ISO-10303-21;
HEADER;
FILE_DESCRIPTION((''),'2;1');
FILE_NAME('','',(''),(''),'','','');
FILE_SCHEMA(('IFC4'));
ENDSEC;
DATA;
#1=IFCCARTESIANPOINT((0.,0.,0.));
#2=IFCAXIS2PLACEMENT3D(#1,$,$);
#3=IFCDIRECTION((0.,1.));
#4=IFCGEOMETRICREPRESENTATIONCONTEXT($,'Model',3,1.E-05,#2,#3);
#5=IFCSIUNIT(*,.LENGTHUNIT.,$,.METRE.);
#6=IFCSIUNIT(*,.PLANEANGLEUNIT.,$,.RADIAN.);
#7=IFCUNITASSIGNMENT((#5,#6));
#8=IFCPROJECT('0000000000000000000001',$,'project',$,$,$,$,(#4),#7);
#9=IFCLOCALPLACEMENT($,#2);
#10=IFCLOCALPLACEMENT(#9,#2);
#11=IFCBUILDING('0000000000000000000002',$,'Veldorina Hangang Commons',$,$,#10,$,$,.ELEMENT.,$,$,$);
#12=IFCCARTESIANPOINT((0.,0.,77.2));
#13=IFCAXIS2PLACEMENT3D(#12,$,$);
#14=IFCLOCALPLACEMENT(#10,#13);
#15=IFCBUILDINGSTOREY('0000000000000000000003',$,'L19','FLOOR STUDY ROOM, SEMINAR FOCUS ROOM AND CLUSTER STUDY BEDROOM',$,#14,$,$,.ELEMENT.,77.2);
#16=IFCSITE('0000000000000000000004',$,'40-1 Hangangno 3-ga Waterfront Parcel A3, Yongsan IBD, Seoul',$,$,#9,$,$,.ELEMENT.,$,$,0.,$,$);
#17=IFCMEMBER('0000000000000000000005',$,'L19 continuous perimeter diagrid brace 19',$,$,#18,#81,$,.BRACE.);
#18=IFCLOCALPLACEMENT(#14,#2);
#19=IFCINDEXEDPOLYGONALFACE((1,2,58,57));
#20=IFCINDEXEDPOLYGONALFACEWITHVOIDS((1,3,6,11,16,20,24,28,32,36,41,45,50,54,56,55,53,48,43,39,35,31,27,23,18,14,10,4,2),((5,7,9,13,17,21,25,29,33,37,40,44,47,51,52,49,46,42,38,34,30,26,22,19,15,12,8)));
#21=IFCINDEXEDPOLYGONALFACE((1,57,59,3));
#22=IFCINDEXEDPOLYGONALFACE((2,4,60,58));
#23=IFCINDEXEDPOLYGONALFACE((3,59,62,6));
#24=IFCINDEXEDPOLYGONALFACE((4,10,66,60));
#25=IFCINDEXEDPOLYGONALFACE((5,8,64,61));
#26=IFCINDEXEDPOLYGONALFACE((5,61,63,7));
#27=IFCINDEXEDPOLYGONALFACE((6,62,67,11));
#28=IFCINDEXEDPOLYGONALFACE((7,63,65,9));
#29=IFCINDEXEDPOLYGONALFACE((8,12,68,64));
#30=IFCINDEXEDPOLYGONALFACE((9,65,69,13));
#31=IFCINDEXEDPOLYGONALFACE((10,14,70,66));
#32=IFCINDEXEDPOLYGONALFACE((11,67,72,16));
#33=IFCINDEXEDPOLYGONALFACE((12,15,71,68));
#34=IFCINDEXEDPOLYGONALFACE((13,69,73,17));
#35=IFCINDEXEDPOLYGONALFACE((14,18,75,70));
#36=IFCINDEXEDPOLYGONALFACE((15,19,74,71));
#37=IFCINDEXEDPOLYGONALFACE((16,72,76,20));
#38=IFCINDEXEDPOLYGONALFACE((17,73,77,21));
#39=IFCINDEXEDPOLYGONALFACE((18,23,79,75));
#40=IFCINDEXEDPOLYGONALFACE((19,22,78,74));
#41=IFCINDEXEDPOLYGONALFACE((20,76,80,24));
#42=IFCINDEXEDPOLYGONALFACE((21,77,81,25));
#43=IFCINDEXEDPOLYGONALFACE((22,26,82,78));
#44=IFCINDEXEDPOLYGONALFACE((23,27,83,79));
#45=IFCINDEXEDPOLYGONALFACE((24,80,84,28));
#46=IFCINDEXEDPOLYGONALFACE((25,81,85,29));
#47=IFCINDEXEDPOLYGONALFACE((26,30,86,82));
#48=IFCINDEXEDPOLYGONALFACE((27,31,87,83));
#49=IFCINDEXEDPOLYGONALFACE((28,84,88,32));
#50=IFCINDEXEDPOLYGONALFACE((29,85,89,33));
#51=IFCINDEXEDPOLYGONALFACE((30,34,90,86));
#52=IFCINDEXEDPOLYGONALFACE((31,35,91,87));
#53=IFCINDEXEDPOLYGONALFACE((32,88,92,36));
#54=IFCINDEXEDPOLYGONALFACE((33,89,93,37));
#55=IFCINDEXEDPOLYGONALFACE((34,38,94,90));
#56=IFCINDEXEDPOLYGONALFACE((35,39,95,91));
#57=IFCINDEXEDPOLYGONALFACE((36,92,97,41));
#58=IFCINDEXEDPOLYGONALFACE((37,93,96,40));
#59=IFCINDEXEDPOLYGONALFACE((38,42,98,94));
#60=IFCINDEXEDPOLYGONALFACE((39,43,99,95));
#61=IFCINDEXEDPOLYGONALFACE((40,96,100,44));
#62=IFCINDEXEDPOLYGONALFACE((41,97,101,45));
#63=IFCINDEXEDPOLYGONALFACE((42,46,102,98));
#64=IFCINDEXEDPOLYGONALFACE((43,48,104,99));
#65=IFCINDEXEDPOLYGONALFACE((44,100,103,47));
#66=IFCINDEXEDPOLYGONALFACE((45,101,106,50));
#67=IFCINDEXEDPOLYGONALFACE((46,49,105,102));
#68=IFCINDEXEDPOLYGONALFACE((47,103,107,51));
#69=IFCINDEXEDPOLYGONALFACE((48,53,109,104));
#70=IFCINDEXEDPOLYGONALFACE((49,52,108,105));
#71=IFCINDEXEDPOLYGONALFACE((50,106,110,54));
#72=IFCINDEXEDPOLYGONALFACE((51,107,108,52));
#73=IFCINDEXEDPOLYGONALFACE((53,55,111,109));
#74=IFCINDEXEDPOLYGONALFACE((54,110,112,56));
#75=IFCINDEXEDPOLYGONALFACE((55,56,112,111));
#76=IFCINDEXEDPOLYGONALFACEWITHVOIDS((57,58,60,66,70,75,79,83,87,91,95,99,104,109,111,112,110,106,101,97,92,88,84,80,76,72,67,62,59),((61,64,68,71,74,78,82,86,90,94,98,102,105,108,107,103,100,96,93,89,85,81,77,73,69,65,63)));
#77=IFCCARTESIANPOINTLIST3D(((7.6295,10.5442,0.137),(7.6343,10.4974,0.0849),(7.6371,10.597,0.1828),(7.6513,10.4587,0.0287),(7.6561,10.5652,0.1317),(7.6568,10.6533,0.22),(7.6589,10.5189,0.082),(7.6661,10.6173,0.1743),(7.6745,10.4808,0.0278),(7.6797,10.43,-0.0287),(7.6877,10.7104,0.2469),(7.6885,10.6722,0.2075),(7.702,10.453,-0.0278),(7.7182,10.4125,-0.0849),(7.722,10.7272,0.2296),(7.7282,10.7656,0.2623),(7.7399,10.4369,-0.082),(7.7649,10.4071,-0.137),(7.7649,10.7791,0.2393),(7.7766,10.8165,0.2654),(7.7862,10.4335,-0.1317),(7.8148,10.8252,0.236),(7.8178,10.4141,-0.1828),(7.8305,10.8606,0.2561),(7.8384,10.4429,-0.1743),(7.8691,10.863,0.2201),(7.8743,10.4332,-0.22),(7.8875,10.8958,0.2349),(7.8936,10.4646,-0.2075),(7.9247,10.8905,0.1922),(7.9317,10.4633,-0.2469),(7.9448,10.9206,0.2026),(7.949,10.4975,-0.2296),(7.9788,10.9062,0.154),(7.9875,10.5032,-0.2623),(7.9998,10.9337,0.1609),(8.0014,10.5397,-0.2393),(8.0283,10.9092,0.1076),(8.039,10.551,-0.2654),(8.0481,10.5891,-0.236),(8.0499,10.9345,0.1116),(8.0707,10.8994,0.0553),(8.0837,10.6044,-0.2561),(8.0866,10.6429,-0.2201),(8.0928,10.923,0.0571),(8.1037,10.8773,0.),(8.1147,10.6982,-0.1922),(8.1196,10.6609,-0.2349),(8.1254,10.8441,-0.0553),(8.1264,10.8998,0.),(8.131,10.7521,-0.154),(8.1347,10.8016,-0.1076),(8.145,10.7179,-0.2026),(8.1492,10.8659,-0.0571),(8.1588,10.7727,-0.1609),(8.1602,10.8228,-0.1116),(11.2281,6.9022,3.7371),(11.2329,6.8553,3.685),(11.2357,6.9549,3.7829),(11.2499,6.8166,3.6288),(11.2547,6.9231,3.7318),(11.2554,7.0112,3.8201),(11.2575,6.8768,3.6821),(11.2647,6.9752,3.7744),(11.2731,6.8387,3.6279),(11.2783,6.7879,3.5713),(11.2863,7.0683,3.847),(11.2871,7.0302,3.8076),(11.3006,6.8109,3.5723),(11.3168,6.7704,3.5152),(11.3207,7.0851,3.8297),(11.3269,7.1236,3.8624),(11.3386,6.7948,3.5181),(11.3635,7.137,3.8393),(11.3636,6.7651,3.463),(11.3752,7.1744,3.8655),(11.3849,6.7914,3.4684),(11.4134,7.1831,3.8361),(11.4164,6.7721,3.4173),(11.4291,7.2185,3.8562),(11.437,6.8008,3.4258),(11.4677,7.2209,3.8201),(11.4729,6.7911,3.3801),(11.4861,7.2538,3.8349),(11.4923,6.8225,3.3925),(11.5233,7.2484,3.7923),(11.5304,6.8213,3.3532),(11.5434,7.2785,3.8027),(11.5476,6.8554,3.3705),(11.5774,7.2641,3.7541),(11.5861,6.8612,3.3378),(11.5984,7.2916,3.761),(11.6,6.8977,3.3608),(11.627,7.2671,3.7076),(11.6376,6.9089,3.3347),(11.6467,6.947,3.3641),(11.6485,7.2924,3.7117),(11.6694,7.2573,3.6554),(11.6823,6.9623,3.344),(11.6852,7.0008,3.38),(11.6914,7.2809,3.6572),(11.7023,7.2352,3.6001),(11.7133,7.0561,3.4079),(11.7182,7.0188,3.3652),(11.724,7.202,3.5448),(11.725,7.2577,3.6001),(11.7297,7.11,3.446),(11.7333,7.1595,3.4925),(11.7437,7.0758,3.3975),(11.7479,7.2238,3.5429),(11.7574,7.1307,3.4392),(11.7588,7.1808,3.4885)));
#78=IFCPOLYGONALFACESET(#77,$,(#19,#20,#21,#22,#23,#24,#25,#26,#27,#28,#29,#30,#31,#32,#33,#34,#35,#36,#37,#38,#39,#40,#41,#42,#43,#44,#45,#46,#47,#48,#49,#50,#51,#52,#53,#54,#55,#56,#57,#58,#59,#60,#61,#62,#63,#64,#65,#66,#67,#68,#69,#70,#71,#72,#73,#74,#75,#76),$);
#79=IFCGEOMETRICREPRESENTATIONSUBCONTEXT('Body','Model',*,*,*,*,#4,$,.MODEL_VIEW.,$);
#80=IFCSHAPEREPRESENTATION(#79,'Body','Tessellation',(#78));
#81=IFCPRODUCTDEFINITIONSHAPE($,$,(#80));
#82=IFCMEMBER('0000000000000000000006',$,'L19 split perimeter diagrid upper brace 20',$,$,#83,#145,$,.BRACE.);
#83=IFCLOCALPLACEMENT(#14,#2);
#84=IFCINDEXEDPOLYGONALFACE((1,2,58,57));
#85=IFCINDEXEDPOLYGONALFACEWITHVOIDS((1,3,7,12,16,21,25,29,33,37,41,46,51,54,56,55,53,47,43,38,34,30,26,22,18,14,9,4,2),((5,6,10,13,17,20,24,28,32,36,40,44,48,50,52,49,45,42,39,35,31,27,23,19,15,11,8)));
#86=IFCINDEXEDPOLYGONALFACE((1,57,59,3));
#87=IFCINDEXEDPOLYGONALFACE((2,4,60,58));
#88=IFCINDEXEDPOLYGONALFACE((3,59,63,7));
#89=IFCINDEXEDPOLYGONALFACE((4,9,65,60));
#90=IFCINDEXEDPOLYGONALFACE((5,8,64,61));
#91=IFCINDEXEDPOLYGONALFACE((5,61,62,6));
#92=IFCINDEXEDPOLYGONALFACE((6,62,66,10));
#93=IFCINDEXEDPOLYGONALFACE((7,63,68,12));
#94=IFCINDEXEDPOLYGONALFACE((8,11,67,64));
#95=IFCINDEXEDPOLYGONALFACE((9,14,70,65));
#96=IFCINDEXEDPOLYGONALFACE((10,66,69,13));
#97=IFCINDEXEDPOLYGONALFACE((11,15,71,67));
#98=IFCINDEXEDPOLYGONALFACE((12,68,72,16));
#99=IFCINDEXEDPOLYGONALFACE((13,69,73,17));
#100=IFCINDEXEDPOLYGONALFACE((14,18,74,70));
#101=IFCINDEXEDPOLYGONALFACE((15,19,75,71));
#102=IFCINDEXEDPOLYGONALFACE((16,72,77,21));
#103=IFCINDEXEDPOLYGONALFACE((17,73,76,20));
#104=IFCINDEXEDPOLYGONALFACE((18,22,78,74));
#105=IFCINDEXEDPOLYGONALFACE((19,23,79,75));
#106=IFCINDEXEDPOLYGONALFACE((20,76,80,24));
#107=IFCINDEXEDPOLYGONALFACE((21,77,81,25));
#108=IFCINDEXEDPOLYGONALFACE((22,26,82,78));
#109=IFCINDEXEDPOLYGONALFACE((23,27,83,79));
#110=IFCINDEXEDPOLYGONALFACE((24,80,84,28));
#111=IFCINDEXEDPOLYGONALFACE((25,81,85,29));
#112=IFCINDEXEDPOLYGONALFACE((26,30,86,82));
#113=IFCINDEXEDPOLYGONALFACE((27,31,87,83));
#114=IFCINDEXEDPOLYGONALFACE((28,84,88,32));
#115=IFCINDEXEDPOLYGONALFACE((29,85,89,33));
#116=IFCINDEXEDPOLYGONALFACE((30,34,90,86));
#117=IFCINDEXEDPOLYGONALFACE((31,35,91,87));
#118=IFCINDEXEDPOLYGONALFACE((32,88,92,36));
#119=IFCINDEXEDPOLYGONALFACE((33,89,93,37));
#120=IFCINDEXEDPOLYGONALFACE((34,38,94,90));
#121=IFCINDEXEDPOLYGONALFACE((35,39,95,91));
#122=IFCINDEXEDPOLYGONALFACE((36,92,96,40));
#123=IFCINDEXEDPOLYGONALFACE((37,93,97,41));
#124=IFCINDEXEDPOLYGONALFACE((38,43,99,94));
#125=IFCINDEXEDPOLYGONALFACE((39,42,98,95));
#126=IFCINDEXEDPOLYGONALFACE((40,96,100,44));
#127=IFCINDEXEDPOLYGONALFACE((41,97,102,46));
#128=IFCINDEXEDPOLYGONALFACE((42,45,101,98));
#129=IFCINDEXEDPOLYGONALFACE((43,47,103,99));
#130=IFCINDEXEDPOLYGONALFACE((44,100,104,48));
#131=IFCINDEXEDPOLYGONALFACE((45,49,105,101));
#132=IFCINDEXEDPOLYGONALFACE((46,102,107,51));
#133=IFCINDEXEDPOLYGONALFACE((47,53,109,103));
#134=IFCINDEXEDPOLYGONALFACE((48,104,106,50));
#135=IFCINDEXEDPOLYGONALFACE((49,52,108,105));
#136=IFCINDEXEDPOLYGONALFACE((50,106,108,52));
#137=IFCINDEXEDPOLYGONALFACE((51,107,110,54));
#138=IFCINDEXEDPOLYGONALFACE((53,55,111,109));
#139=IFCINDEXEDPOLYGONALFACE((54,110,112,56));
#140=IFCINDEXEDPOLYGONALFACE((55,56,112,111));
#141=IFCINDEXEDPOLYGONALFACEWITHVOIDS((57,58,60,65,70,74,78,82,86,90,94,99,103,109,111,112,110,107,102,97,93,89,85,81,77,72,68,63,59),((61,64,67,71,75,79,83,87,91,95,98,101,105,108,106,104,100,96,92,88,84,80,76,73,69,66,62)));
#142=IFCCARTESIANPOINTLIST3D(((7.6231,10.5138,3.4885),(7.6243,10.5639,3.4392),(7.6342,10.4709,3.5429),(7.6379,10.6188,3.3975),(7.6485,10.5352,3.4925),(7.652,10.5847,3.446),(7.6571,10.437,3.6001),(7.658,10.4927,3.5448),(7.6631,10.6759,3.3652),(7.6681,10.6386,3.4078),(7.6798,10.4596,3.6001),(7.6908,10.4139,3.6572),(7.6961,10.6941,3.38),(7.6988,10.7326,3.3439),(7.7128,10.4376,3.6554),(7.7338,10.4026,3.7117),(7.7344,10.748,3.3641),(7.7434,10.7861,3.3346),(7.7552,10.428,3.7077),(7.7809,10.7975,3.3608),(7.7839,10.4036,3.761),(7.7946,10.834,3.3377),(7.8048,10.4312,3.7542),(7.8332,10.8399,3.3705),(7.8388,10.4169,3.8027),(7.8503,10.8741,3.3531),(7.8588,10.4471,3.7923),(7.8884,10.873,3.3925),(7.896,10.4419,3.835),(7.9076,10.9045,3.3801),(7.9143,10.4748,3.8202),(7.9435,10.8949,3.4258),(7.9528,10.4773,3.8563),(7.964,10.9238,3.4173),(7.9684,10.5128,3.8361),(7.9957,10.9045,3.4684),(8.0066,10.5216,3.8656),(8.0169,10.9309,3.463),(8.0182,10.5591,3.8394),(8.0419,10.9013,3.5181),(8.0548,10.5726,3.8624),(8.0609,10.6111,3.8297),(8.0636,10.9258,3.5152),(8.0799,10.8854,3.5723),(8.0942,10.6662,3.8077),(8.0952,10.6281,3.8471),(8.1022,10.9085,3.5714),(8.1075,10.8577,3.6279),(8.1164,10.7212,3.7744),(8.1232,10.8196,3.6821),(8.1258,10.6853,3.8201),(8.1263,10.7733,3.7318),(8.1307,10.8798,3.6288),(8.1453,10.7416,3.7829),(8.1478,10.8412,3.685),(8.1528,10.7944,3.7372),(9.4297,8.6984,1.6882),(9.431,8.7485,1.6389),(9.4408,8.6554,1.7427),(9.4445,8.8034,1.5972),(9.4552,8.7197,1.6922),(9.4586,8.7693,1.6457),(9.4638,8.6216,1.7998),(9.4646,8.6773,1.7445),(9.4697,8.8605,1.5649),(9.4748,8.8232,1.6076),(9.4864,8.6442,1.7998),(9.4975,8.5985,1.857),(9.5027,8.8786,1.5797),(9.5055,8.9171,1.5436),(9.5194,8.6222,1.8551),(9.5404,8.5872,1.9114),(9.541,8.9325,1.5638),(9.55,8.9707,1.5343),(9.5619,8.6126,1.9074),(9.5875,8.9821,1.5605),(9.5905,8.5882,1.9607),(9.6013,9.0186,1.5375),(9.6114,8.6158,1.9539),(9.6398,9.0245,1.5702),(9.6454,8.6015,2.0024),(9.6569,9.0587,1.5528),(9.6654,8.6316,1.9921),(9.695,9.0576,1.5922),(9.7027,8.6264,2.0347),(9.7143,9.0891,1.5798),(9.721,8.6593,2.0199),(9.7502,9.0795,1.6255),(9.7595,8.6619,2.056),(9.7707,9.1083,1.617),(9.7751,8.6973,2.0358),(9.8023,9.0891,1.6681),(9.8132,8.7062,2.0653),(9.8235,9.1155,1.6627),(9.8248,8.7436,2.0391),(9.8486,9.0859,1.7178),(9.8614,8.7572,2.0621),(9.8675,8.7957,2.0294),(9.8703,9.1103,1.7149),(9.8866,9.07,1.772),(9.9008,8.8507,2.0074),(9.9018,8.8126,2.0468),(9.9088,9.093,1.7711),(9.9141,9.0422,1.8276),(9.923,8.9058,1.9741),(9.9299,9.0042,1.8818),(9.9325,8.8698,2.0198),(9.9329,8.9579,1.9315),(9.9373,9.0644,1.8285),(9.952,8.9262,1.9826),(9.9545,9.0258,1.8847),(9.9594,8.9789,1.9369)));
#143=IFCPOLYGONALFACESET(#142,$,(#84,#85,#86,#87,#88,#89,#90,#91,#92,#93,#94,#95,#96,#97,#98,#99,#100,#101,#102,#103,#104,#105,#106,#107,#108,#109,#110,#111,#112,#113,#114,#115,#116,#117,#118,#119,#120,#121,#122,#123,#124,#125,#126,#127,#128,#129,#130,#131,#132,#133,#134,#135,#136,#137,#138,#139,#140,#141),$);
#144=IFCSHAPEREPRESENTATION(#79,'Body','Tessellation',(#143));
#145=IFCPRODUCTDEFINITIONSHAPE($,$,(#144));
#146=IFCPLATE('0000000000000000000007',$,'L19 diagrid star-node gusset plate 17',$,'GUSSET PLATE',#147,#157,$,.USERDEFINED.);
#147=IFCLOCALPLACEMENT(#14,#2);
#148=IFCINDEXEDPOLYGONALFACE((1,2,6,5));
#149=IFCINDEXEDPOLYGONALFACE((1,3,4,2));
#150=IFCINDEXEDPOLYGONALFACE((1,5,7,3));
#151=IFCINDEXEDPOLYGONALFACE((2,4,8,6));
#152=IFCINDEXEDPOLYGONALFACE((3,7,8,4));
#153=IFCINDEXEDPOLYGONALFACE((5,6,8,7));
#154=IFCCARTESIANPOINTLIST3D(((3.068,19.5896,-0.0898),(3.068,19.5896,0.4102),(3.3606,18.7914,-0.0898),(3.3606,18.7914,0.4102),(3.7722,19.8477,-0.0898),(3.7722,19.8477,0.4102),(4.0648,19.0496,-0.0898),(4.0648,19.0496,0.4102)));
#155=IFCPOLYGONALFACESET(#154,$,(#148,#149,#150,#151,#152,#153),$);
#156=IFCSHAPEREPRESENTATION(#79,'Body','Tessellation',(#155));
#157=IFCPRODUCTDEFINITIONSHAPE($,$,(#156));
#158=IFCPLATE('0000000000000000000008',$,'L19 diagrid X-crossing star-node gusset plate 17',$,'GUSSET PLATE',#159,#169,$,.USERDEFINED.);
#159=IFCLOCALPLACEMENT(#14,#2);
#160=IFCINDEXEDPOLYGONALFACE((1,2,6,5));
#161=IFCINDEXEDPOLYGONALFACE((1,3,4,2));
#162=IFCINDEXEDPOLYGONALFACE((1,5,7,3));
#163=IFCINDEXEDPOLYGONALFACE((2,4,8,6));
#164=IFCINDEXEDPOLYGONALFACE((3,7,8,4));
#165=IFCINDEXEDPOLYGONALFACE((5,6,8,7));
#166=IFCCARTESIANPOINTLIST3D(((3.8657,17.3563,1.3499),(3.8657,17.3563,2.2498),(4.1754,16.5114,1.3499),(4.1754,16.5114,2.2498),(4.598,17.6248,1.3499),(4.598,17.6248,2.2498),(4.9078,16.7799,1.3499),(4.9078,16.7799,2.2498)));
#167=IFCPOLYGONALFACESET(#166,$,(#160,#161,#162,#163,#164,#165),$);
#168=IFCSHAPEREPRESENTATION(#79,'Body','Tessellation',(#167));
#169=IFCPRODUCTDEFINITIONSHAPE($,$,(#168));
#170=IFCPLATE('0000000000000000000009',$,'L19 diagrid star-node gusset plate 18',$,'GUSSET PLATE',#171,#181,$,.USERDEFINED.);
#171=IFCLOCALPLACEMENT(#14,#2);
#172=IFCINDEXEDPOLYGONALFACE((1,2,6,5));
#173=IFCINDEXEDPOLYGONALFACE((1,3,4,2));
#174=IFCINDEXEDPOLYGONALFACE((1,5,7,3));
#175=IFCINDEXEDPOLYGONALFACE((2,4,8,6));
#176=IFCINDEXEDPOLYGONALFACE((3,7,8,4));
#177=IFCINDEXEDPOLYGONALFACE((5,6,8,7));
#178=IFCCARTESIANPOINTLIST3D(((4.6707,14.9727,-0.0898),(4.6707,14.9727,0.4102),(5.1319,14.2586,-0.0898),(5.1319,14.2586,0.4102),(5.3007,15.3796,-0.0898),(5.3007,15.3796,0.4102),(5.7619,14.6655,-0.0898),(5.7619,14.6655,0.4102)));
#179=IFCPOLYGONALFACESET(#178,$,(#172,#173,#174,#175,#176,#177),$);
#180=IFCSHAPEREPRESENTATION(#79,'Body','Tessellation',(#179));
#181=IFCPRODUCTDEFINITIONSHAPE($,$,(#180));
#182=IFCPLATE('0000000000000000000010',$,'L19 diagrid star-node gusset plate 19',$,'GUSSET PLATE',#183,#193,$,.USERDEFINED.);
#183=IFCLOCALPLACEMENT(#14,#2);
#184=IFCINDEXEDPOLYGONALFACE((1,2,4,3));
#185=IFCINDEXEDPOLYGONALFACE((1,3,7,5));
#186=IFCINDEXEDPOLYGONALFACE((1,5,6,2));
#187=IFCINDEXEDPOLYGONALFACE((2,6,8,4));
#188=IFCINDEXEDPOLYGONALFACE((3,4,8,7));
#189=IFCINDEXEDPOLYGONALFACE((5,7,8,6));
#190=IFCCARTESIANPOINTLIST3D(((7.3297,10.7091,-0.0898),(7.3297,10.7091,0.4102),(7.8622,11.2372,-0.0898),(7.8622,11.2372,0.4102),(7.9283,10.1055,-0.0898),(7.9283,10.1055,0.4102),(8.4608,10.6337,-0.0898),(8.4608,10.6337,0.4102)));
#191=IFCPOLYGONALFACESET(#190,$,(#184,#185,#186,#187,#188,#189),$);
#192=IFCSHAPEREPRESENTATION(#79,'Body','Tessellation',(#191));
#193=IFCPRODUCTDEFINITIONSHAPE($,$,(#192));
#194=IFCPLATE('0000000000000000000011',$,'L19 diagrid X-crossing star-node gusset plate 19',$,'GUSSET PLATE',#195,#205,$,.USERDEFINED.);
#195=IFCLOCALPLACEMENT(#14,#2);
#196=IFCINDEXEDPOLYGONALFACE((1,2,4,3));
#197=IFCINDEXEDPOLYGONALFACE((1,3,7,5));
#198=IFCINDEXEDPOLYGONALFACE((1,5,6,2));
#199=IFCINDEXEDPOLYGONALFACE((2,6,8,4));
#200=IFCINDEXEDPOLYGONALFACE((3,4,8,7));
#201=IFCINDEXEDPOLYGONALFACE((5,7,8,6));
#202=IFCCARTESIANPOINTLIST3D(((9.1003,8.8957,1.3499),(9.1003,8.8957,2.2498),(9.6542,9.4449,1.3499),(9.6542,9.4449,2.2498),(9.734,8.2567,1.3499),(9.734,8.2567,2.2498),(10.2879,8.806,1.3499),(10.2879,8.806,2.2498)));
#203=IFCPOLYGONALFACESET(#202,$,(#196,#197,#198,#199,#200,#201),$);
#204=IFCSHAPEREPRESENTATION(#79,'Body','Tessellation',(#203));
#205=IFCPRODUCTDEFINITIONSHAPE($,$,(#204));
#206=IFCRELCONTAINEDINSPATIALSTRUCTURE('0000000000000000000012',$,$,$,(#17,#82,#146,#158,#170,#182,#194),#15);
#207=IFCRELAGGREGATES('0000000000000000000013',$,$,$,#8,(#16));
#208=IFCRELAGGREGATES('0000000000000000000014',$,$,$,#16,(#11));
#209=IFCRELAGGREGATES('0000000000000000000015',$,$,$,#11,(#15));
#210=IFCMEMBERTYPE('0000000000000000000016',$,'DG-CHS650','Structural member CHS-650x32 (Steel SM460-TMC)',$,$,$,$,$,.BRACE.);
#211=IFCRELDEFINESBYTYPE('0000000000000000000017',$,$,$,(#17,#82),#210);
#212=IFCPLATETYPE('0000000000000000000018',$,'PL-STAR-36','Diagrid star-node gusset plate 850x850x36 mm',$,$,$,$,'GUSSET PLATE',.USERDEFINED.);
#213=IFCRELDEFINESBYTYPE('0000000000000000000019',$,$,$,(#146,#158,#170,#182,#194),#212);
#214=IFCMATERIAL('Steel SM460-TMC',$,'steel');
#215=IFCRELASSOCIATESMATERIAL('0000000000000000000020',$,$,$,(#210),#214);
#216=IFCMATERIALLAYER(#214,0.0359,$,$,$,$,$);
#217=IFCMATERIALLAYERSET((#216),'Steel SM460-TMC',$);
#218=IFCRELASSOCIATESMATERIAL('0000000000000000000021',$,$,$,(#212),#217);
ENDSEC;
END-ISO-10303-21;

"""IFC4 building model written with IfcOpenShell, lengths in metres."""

from ifc_helpers import new_model, si_unit, direction, frame, origin, origin_2d, place, context, subcontext, project, spatial, rectangle, hollow_circle, extrude, material, layer, layer_set, material_profile, profile_set, type_object, element, save


model = new_model("IFC4")

# Units and contexts
model_context = context("Model", 3, precision=1e-05, world=origin(), true_north=direction((0.0, 1.0)))
body_context = subcontext(model_context, "Body", "Model", "MODEL_VIEW")
ifc_project = project(units=[si_unit("LENGTHUNIT", "METRE"), si_unit("PLANEANGLEUNIT", "RADIAN")], contexts=[model_context])

# Site, building, storey
site_placement = place(None, origin())
site = spatial("IfcSite", under=ifc_project, at=site_placement, Name="40-1 Hangangno 3-ga Waterfront Parcel A3, Yongsan IBD, Seoul", CompositionType="ELEMENT", RefElevation=0.0)
building_placement = place(site_placement, origin())
building = spatial("IfcBuilding", under=site, at=building_placement, Name="Veldorina Hangang Commons", CompositionType="ELEMENT")
storey_placement = place(building_placement, frame((0.0, 0.0, 77.2)))
storey = spatial("IfcBuildingStorey", under=building, at=storey_placement, Name="L19", Description="FLOOR STUDY ROOM, SEMINAR FOCUS ROOM AND CLUSTER STUDY BEDROOM", CompositionType="ELEMENT", Elevation=77.2)

# Members
ifc_material_1 = material(Name="Steel SM460-TMC", Category="steel")
ifc_material_profile_1 = material_profile(ifc_material_1, hollow_circle(Radius=0.325, WallThickness=0.032, at=origin_2d()), Name="CHS-650x32")
ifc_profile_set_1 = profile_set([ifc_material_profile_1], Name="Steel SM460-TMC")
member_type = type_object("IfcMemberType", Name="DG-CHS650", Description="Structural member CHS-650x32 (Steel SM460-TMC)", PredefinedType="BRACE", material=ifc_profile_set_1)
member_1_placement = place(storey_placement, frame((7.8953, 10.6714, 0.0), z_axis=(0.574949, -0.581892, 0.575183), x_axis=(0.711338, 0.70285, 0.0)))
element("IfcMember", 1, at=member_1_placement, inside=storey, type_object=member_type, Name="L19 continuous perimeter diagrid brace 19", PredefinedType="BRACE", context=body_context, shape_type="SweptSolid", body=[
    extrude(hollow_circle(Radius=0.325, WallThickness=0.032, at=origin_2d()), origin(), (0.0, 0.0, 1.0), 6.259),
])
member_2_placement = place(storey_placement, frame((9.6941, 8.8508, 1.7998), z_axis=(-0.577087, 0.579894, 0.575059), x_axis=(-0.708821, -0.705389, 0.0)))
element("IfcMember", 2, at=member_2_placement, inside=storey, type_object=member_type, Name="L19 split perimeter diagrid upper brace 20", PredefinedType="BRACE", context=body_context, shape_type="SweptSolid", body=[
    extrude(hollow_circle(Radius=0.325, WallThickness=0.032, at=origin_2d()), origin(), (0.0, 0.0, 1.0), 3.1306),
])

# Plates
ifc_layer_1 = layer(ifc_material_1, 0.0359)
ifc_layer_set_1 = layer_set([ifc_layer_1], Name="Steel SM460-TMC")
plate_type = type_object("IfcPlateType", Name="PL-STAR-36", Description="Diagrid star-node gusset plate 850x850x36 mm", ElementType="GUSSET PLATE", PredefinedType="USERDEFINED", material=ifc_layer_set_1)
plate_1_placement = place(storey_placement, frame((3.5664, 19.3196, -0.0898), z_axis=(0.0, 0.0, 1.0), x_axis=(0.344184, -0.938902, 0.0)))
element("IfcPlate", 3, at=plate_1_placement, inside=storey, type_object=plate_type, Name="L19 diagrid star-node gusset plate 17", ObjectType="GUSSET PLATE", PredefinedType="USERDEFINED", context=body_context, shape_type="SweptSolid", body=[
    extrude(rectangle(XDim=0.8501, YDim=0.75, at=origin_2d()), origin(), (0.0, 0.0, 1.0), 0.5),
])
plate_2_placement = place(storey_placement, frame((4.3867, 17.0681, 1.3499), z_axis=(0.0, 0.0, 1.0), x_axis=(0.344184, -0.938902, 0.0)))
element("IfcPlate", 4, at=plate_2_placement, inside=storey, type_object=plate_type, Name="L19 diagrid X-crossing star-node gusset plate 17", ObjectType="GUSSET PLATE", PredefinedType="USERDEFINED", context=body_context, shape_type="SweptSolid", body=[
    extrude(rectangle(XDim=0.8999, YDim=0.78, at=origin_2d()), origin(), (0.0, 0.0, 1.0), 0.8999),
])
for number, where, z_axis, x_axis, name in (
    (5, (5.2163, 14.8191, -0.0898), (0.0, 0.0, 1.0), (0.542559, -0.840018, 0.0), "L19 diagrid star-node gusset plate 18"),
    (6, (7.8953, 10.6714, -0.0898), (0.0, 0.0, 1.0), (0.704176, -0.710026, 0.0), "L19 diagrid star-node gusset plate 19"),
):
    element("IfcPlate", number, at=place(storey_placement, frame(where, z_axis=z_axis, x_axis=x_axis)), inside=storey, type_object=plate_type, Name=name, ObjectType="GUSSET PLATE", PredefinedType="USERDEFINED", context=body_context, shape_type="SweptSolid", body=[
        extrude(rectangle(XDim=0.8501, YDim=0.75, at=origin_2d()), origin(), (0.0, 0.0, 1.0), 0.5),
    ])
plate_3_placement = place(storey_placement, frame((9.6941, 8.8508, 1.3499), z_axis=(0.0, 0.0, 1.0), x_axis=(0.704176, -0.710026, 0.0)))
element("IfcPlate", 7, at=plate_3_placement, inside=storey, type_object=plate_type, Name="L19 diagrid X-crossing star-node gusset plate 19", ObjectType="GUSSET PLATE", PredefinedType="USERDEFINED", context=body_context, shape_type="SweptSolid", body=[
    extrude(rectangle(XDim=0.8999, YDim=0.78, at=origin_2d()), origin(), (0.0, 0.0, 1.0), 0.8999),
])

save(model, "model.ifc")
